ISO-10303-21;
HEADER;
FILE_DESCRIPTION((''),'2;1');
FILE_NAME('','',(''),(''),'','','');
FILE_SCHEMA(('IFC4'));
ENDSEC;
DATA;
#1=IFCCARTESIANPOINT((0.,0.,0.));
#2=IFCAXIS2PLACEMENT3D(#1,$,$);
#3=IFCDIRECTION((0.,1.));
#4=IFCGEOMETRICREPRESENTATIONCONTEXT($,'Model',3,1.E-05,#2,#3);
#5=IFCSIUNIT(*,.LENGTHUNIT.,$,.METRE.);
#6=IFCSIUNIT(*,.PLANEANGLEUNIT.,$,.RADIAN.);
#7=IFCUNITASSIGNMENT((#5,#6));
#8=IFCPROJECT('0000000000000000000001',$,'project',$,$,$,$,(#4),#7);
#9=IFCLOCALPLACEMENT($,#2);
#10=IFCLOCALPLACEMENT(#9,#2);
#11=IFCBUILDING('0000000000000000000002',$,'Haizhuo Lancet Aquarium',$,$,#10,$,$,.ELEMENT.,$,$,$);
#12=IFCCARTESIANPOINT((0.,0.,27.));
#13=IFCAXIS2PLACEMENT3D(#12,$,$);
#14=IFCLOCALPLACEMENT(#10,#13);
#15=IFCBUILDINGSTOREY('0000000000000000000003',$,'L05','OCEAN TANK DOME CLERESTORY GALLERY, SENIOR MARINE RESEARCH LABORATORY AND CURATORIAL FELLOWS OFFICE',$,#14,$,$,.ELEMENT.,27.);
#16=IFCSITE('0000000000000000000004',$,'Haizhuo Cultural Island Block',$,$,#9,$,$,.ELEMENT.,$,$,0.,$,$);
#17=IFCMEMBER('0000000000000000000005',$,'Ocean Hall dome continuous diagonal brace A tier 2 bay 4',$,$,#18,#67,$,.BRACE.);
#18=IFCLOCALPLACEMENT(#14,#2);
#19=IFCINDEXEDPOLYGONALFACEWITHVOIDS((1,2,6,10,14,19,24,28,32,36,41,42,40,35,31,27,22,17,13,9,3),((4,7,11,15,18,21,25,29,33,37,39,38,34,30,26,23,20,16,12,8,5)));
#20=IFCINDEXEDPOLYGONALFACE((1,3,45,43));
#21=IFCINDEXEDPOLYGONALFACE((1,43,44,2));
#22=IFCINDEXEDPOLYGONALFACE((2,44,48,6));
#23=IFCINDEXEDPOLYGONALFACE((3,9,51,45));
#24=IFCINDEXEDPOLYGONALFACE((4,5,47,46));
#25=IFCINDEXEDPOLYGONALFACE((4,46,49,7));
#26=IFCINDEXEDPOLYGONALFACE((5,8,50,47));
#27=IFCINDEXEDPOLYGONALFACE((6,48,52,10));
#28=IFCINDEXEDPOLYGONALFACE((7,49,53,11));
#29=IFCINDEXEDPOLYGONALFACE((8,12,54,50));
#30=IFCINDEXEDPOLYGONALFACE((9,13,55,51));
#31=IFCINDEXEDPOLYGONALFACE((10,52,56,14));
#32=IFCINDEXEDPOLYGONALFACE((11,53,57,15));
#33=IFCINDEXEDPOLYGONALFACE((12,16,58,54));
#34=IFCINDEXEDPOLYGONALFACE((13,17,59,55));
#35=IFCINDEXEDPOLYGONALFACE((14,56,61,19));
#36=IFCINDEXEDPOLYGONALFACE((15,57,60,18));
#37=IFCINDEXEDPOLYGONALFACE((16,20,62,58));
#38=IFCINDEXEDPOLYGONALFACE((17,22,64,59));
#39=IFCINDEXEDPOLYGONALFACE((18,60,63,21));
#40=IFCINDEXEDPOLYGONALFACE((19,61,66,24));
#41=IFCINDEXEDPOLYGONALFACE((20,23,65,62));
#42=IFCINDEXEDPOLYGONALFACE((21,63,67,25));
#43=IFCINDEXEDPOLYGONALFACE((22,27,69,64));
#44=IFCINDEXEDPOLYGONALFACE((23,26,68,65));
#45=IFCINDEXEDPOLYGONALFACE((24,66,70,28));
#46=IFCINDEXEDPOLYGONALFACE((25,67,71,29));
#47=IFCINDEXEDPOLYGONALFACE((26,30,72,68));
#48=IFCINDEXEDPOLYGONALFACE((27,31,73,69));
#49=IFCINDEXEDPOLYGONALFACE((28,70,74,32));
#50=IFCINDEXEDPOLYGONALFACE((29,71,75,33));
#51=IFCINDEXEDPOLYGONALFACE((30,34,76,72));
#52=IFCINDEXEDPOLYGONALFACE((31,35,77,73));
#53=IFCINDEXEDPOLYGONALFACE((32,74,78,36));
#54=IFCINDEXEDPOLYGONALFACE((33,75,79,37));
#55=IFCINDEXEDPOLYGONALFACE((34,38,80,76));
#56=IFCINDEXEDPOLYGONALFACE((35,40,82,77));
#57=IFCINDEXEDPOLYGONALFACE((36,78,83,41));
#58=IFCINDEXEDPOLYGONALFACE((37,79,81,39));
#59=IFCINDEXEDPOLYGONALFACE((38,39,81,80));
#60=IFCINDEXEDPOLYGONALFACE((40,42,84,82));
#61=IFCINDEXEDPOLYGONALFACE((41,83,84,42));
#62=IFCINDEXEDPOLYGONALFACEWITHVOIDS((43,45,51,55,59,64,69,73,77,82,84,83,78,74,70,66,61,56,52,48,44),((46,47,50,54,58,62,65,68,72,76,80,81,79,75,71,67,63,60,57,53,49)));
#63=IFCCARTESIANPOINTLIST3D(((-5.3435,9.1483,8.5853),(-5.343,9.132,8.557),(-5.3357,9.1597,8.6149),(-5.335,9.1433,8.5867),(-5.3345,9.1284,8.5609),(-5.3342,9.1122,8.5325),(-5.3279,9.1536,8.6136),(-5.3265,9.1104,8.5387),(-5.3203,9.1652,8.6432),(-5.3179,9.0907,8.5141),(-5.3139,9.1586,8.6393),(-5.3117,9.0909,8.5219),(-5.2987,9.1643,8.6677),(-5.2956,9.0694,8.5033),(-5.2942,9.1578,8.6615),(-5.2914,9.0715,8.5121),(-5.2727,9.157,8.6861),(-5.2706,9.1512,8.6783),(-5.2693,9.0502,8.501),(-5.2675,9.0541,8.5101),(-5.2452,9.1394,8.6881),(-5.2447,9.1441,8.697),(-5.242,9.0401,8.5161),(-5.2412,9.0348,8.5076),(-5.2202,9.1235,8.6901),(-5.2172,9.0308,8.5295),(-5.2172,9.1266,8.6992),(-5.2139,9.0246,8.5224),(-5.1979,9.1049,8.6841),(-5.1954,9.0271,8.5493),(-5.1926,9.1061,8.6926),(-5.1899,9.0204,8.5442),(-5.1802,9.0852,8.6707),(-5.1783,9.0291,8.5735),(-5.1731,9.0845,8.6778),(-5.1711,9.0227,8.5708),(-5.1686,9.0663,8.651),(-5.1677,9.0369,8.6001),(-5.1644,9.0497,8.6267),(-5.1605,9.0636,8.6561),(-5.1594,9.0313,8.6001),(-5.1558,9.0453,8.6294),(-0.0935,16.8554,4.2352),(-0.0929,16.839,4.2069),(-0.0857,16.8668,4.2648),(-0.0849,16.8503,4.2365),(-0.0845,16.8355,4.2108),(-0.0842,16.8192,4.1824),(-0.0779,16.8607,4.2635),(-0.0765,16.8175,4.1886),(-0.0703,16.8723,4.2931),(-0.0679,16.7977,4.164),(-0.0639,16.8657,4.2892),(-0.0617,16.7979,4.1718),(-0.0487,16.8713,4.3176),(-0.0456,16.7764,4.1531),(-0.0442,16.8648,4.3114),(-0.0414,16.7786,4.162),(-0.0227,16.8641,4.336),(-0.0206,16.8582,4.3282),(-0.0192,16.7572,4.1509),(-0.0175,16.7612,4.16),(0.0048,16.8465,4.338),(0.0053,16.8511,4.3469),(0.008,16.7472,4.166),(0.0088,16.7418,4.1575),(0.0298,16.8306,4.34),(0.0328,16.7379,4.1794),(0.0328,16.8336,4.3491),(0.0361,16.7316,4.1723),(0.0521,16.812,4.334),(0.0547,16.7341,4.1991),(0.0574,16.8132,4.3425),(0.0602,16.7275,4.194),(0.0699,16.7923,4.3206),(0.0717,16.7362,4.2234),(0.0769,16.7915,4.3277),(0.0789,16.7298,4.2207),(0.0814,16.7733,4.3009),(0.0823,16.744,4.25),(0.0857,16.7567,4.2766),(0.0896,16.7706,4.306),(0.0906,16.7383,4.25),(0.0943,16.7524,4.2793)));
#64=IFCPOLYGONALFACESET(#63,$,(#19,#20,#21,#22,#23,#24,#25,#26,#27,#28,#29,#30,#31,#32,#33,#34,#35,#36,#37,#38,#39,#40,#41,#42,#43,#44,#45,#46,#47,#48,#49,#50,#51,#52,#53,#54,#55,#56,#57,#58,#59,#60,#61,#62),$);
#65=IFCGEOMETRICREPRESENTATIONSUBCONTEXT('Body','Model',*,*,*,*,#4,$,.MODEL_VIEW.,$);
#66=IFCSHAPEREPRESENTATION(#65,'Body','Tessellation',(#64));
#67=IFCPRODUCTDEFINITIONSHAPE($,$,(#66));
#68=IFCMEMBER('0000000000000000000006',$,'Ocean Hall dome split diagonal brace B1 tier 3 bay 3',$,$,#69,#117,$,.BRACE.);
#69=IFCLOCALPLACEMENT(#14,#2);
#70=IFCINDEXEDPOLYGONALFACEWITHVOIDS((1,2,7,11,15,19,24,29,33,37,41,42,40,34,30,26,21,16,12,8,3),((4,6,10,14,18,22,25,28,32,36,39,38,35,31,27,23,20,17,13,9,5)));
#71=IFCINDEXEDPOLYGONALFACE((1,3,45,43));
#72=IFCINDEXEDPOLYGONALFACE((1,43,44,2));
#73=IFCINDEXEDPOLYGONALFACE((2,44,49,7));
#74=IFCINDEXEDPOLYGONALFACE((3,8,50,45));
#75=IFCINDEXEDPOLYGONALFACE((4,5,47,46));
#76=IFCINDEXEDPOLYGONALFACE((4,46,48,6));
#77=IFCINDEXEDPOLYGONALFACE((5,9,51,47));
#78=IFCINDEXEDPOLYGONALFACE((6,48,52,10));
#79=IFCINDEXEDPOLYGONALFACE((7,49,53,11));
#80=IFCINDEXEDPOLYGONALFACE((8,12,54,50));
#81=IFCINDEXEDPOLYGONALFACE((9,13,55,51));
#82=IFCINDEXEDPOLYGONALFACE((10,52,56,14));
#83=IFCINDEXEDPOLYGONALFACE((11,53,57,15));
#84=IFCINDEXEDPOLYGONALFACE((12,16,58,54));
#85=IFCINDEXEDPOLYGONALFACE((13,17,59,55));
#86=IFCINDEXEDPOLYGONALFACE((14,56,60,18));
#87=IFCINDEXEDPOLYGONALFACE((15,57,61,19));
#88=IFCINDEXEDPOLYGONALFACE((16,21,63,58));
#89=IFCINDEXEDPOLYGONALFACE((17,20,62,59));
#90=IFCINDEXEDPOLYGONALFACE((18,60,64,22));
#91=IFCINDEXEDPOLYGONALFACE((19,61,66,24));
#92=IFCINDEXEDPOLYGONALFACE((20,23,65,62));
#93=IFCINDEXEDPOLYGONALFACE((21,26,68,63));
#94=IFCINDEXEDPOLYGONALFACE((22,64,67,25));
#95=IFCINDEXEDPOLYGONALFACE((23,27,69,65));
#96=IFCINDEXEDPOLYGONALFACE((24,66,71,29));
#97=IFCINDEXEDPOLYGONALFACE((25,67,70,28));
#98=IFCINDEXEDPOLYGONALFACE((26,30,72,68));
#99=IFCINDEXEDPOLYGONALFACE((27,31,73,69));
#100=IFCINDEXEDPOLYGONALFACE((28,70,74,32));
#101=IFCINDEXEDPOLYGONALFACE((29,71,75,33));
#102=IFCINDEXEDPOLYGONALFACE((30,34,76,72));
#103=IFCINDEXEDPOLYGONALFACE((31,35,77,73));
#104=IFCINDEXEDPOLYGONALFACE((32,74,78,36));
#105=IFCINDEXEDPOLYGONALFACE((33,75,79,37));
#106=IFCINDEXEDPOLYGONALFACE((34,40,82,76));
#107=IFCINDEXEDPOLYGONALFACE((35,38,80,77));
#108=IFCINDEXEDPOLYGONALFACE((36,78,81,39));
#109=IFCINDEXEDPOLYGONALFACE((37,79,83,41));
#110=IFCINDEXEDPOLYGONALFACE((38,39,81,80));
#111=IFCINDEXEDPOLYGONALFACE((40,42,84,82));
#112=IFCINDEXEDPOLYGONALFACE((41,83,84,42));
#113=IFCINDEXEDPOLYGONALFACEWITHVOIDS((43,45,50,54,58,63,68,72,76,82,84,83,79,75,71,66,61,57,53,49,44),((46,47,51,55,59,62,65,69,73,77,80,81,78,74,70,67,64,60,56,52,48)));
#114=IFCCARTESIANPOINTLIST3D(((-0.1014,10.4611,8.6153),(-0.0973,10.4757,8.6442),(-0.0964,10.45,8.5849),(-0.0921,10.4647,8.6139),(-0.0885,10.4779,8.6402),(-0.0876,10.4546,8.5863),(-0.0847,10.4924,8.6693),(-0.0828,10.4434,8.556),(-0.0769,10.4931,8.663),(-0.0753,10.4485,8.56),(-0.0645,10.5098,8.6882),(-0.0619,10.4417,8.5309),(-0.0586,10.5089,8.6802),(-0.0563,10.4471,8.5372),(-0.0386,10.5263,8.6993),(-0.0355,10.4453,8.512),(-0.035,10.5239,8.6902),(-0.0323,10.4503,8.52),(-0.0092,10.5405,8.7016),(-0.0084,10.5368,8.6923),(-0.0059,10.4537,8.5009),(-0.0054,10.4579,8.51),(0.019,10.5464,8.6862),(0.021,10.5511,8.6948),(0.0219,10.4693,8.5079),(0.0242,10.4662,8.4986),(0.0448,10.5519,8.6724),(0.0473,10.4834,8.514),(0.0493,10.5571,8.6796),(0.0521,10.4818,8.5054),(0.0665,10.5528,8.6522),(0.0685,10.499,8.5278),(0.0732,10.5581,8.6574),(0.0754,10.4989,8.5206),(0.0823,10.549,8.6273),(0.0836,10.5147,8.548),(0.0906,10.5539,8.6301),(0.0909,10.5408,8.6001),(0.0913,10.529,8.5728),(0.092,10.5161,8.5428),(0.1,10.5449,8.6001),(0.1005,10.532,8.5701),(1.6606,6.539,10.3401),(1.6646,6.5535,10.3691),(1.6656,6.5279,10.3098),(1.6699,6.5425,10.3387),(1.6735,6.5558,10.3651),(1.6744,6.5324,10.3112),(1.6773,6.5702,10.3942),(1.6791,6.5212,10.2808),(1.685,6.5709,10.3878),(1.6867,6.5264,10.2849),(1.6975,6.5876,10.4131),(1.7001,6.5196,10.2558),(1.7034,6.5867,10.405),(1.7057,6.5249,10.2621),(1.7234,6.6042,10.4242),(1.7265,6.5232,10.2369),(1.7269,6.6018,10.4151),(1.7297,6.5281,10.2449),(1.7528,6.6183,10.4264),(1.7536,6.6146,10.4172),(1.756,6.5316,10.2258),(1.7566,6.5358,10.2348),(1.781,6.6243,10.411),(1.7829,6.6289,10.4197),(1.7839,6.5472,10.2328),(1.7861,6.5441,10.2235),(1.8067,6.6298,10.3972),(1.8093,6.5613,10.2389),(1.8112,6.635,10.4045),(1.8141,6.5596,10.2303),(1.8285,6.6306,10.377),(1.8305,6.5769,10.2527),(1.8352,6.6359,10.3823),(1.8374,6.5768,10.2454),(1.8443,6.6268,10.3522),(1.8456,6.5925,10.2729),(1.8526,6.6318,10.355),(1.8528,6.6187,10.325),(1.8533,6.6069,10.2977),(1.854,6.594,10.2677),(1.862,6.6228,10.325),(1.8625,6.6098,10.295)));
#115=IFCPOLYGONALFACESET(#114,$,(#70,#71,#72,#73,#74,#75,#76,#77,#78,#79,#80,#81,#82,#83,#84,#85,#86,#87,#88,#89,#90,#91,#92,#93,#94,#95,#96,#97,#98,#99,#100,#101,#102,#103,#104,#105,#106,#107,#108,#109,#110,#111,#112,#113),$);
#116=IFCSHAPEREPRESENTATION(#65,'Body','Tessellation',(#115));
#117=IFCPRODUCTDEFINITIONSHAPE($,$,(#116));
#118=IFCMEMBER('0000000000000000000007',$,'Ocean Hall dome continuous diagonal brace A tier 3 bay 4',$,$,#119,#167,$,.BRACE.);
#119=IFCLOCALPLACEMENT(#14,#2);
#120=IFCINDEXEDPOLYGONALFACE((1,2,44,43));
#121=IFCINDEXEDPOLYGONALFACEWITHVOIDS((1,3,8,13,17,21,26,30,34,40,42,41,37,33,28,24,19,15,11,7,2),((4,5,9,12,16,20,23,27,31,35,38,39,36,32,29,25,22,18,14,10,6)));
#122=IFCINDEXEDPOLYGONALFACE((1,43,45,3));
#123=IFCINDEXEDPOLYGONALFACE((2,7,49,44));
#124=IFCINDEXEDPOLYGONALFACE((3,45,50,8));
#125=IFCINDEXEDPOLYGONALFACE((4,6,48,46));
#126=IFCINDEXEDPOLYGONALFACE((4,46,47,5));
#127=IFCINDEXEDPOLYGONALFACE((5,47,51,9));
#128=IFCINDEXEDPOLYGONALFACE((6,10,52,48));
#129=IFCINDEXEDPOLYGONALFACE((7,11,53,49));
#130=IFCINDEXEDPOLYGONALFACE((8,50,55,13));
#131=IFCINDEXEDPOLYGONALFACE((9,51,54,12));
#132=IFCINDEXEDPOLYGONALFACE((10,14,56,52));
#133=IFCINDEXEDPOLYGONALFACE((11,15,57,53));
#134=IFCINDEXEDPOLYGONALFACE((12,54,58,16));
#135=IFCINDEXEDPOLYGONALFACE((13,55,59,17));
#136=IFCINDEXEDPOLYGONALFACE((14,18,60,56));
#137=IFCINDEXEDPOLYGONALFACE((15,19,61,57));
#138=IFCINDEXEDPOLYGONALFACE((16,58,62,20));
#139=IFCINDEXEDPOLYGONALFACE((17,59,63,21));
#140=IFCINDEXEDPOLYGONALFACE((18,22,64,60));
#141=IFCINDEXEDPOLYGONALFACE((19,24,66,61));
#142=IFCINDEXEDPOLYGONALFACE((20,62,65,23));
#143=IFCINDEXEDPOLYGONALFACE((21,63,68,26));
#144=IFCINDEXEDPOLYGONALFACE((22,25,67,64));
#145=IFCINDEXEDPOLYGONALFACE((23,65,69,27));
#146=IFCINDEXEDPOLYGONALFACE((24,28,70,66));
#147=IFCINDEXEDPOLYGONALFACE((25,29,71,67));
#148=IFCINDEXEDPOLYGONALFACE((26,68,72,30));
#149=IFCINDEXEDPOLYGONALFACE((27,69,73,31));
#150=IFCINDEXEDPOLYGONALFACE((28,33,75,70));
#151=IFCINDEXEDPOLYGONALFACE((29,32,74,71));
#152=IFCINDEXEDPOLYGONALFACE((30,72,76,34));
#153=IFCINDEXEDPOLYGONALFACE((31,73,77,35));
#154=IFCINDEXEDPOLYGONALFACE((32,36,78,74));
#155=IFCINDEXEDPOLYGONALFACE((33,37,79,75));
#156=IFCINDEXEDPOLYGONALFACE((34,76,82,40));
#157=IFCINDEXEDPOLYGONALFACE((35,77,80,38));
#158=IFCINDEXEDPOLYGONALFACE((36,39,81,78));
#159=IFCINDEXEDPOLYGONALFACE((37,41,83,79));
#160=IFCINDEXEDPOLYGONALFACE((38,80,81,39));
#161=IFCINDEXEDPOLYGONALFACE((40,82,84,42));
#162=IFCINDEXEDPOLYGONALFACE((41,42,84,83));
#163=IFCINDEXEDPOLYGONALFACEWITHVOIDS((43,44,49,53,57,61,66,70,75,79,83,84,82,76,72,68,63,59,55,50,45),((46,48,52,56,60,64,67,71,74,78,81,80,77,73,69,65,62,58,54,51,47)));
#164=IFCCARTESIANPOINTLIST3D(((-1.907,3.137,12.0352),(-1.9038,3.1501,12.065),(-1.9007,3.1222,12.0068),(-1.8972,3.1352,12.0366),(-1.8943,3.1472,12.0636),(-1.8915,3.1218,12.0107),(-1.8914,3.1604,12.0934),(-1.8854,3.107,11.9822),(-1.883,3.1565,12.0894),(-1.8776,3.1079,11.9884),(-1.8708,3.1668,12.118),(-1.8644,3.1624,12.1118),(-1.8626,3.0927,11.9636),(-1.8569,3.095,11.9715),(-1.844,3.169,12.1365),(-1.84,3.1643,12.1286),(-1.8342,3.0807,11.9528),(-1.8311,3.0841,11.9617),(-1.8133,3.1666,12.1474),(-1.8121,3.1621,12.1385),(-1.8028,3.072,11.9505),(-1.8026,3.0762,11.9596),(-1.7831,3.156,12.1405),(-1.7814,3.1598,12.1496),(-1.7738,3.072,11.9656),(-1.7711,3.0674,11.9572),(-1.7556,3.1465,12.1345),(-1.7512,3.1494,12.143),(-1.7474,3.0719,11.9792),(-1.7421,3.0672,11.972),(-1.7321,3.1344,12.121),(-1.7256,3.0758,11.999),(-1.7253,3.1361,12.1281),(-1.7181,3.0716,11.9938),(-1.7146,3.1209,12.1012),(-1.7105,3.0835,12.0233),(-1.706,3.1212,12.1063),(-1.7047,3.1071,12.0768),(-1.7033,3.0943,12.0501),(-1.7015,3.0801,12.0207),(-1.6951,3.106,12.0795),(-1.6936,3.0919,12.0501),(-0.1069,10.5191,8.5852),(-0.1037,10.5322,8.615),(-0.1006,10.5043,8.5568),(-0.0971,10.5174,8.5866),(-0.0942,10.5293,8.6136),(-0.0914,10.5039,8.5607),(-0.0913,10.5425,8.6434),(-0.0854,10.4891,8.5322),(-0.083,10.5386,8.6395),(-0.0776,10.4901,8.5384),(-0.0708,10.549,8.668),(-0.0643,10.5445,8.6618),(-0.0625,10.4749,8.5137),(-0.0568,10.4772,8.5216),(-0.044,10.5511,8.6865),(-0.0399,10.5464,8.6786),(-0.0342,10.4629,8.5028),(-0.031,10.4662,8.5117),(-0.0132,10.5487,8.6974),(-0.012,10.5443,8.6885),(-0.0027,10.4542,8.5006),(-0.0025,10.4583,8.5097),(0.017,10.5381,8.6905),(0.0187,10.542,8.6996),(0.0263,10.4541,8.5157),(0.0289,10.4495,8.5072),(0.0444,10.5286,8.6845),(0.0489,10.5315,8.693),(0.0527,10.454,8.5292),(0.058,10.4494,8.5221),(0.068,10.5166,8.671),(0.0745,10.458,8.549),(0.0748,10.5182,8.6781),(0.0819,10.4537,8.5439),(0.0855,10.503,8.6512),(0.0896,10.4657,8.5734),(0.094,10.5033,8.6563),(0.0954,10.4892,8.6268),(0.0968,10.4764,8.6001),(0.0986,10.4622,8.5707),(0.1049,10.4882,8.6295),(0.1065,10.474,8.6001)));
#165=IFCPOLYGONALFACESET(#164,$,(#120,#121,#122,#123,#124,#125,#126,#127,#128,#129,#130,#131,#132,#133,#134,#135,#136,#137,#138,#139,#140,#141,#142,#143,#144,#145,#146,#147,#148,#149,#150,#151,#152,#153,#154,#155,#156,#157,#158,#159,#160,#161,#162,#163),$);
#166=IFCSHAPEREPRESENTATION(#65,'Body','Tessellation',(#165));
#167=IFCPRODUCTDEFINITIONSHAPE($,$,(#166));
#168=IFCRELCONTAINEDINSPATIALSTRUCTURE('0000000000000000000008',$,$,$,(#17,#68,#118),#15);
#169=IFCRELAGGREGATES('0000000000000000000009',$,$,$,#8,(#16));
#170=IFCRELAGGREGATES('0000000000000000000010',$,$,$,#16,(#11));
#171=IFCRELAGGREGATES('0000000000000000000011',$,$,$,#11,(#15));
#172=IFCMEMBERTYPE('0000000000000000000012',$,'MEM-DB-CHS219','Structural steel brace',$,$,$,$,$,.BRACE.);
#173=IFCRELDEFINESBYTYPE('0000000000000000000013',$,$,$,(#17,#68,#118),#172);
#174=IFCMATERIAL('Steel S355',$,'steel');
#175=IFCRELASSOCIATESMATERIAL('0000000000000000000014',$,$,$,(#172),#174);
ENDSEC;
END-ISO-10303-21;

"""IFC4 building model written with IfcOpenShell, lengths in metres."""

from ifc_helpers import new_model, si_unit, direction, frame, origin, origin_2d, place, context, subcontext, project, spatial, hollow_circle, extrude, material, material_profile, profile_set, type_object, element, save


model = new_model("IFC4")

# Units and contexts
model_context = context("Model", 3, precision=1e-05, world=origin(), true_north=direction((0.0, 1.0)))
body_context = subcontext(model_context, "Body", "Model", "MODEL_VIEW")
ifc_project = project(units=[si_unit("LENGTHUNIT", "METRE"), si_unit("PLANEANGLEUNIT", "RADIAN")], contexts=[model_context])

# Site, building, storey
site_placement = place(None, origin())
site = spatial("IfcSite", under=ifc_project, at=site_placement, Name="Haizhuo Cultural Island Block", CompositionType="ELEMENT", RefElevation=0.0)
building_placement = place(site_placement, origin())
building = spatial("IfcBuilding", under=site, at=building_placement, Name="Haizhuo Lancet Aquarium", CompositionType="ELEMENT")
storey_placement = place(building_placement, frame((0.0, 0.0, 27.0)))
storey = spatial("IfcBuildingStorey", under=building, at=storey_placement, Name="L05", Description="OCEAN TANK DOME CLERESTORY GALLERY, SENIOR MARINE RESEARCH LABORATORY AND CURATORIAL FELLOWS OFFICE", CompositionType="ELEMENT", Elevation=27.0)

# Members
ifc_material_1 = material(Name="Steel S355", Category="steel")
ifc_material_profile_1 = material_profile(ifc_material_1, hollow_circle(Radius=0.1096, WallThickness=0.01, at=origin_2d()), Name="CHS 219x10")
ifc_profile_set_1 = profile_set([ifc_material_profile_1], Name="Steel S355")
member_type_1 = type_object("IfcMemberType", Name="MEM-DB-CHS219", Description="Structural steel brace", PredefinedType="BRACE", material=ifc_profile_set_1)
member_1_placement = place(storey_placement, frame((0.0, 16.8, 4.25), z_axis=(-0.510204, -0.748982, 0.42275), x_axis=(0.826467, -0.562986, 0.0)))
element("IfcMember", 1, at=member_1_placement, inside=storey, type_object=member_type_1, Name="Ocean Hall dome continuous diagonal brace A tier 2 bay 4", PredefinedType="BRACE", context=body_context, shape_type="SweptSolid", body=[
    extrude(hollow_circle(Radius=0.1096, WallThickness=0.01, at=origin_2d()), origin(), (0.0, 0.0, 1.0), 10.29),
])
member_2_placement = place(storey_placement, frame((0.0, 10.5, 8.6001), z_axis=(0.380325, -0.846602, 0.372315), x_axis=(0.912182, 0.409786, 0.0)))
element("IfcMember", 2, at=member_2_placement, inside=storey, type_object=member_type_1, Name="Ocean Hall dome split diagonal brace B1 tier 3 bay 3", PredefinedType="BRACE", context=body_context, shape_type="SweptSolid", body=[
    extrude(hollow_circle(Radius=0.1096, WallThickness=0.01, at=origin_2d()), origin(), (0.0, 0.0, 1.0), 4.6328),
])
member_3_placement = place(storey_placement, frame((0.0, 10.5, 8.6001), z_axis=(-0.215706, -0.884621, 0.41342), x_axis=(0.971534, -0.236899, 0.0)))
element("IfcMember", 3, at=member_3_placement, inside=storey, type_object=member_type_1, Name="Ocean Hall dome continuous diagonal brace A tier 3 bay 4", PredefinedType="BRACE", context=body_context, shape_type="SweptSolid", body=[
    extrude(hollow_circle(Radius=0.1096, WallThickness=0.01, at=origin_2d()), origin(), (0.0, 0.0, 1.0), 8.345),
])

save(model, "model.ifc")
